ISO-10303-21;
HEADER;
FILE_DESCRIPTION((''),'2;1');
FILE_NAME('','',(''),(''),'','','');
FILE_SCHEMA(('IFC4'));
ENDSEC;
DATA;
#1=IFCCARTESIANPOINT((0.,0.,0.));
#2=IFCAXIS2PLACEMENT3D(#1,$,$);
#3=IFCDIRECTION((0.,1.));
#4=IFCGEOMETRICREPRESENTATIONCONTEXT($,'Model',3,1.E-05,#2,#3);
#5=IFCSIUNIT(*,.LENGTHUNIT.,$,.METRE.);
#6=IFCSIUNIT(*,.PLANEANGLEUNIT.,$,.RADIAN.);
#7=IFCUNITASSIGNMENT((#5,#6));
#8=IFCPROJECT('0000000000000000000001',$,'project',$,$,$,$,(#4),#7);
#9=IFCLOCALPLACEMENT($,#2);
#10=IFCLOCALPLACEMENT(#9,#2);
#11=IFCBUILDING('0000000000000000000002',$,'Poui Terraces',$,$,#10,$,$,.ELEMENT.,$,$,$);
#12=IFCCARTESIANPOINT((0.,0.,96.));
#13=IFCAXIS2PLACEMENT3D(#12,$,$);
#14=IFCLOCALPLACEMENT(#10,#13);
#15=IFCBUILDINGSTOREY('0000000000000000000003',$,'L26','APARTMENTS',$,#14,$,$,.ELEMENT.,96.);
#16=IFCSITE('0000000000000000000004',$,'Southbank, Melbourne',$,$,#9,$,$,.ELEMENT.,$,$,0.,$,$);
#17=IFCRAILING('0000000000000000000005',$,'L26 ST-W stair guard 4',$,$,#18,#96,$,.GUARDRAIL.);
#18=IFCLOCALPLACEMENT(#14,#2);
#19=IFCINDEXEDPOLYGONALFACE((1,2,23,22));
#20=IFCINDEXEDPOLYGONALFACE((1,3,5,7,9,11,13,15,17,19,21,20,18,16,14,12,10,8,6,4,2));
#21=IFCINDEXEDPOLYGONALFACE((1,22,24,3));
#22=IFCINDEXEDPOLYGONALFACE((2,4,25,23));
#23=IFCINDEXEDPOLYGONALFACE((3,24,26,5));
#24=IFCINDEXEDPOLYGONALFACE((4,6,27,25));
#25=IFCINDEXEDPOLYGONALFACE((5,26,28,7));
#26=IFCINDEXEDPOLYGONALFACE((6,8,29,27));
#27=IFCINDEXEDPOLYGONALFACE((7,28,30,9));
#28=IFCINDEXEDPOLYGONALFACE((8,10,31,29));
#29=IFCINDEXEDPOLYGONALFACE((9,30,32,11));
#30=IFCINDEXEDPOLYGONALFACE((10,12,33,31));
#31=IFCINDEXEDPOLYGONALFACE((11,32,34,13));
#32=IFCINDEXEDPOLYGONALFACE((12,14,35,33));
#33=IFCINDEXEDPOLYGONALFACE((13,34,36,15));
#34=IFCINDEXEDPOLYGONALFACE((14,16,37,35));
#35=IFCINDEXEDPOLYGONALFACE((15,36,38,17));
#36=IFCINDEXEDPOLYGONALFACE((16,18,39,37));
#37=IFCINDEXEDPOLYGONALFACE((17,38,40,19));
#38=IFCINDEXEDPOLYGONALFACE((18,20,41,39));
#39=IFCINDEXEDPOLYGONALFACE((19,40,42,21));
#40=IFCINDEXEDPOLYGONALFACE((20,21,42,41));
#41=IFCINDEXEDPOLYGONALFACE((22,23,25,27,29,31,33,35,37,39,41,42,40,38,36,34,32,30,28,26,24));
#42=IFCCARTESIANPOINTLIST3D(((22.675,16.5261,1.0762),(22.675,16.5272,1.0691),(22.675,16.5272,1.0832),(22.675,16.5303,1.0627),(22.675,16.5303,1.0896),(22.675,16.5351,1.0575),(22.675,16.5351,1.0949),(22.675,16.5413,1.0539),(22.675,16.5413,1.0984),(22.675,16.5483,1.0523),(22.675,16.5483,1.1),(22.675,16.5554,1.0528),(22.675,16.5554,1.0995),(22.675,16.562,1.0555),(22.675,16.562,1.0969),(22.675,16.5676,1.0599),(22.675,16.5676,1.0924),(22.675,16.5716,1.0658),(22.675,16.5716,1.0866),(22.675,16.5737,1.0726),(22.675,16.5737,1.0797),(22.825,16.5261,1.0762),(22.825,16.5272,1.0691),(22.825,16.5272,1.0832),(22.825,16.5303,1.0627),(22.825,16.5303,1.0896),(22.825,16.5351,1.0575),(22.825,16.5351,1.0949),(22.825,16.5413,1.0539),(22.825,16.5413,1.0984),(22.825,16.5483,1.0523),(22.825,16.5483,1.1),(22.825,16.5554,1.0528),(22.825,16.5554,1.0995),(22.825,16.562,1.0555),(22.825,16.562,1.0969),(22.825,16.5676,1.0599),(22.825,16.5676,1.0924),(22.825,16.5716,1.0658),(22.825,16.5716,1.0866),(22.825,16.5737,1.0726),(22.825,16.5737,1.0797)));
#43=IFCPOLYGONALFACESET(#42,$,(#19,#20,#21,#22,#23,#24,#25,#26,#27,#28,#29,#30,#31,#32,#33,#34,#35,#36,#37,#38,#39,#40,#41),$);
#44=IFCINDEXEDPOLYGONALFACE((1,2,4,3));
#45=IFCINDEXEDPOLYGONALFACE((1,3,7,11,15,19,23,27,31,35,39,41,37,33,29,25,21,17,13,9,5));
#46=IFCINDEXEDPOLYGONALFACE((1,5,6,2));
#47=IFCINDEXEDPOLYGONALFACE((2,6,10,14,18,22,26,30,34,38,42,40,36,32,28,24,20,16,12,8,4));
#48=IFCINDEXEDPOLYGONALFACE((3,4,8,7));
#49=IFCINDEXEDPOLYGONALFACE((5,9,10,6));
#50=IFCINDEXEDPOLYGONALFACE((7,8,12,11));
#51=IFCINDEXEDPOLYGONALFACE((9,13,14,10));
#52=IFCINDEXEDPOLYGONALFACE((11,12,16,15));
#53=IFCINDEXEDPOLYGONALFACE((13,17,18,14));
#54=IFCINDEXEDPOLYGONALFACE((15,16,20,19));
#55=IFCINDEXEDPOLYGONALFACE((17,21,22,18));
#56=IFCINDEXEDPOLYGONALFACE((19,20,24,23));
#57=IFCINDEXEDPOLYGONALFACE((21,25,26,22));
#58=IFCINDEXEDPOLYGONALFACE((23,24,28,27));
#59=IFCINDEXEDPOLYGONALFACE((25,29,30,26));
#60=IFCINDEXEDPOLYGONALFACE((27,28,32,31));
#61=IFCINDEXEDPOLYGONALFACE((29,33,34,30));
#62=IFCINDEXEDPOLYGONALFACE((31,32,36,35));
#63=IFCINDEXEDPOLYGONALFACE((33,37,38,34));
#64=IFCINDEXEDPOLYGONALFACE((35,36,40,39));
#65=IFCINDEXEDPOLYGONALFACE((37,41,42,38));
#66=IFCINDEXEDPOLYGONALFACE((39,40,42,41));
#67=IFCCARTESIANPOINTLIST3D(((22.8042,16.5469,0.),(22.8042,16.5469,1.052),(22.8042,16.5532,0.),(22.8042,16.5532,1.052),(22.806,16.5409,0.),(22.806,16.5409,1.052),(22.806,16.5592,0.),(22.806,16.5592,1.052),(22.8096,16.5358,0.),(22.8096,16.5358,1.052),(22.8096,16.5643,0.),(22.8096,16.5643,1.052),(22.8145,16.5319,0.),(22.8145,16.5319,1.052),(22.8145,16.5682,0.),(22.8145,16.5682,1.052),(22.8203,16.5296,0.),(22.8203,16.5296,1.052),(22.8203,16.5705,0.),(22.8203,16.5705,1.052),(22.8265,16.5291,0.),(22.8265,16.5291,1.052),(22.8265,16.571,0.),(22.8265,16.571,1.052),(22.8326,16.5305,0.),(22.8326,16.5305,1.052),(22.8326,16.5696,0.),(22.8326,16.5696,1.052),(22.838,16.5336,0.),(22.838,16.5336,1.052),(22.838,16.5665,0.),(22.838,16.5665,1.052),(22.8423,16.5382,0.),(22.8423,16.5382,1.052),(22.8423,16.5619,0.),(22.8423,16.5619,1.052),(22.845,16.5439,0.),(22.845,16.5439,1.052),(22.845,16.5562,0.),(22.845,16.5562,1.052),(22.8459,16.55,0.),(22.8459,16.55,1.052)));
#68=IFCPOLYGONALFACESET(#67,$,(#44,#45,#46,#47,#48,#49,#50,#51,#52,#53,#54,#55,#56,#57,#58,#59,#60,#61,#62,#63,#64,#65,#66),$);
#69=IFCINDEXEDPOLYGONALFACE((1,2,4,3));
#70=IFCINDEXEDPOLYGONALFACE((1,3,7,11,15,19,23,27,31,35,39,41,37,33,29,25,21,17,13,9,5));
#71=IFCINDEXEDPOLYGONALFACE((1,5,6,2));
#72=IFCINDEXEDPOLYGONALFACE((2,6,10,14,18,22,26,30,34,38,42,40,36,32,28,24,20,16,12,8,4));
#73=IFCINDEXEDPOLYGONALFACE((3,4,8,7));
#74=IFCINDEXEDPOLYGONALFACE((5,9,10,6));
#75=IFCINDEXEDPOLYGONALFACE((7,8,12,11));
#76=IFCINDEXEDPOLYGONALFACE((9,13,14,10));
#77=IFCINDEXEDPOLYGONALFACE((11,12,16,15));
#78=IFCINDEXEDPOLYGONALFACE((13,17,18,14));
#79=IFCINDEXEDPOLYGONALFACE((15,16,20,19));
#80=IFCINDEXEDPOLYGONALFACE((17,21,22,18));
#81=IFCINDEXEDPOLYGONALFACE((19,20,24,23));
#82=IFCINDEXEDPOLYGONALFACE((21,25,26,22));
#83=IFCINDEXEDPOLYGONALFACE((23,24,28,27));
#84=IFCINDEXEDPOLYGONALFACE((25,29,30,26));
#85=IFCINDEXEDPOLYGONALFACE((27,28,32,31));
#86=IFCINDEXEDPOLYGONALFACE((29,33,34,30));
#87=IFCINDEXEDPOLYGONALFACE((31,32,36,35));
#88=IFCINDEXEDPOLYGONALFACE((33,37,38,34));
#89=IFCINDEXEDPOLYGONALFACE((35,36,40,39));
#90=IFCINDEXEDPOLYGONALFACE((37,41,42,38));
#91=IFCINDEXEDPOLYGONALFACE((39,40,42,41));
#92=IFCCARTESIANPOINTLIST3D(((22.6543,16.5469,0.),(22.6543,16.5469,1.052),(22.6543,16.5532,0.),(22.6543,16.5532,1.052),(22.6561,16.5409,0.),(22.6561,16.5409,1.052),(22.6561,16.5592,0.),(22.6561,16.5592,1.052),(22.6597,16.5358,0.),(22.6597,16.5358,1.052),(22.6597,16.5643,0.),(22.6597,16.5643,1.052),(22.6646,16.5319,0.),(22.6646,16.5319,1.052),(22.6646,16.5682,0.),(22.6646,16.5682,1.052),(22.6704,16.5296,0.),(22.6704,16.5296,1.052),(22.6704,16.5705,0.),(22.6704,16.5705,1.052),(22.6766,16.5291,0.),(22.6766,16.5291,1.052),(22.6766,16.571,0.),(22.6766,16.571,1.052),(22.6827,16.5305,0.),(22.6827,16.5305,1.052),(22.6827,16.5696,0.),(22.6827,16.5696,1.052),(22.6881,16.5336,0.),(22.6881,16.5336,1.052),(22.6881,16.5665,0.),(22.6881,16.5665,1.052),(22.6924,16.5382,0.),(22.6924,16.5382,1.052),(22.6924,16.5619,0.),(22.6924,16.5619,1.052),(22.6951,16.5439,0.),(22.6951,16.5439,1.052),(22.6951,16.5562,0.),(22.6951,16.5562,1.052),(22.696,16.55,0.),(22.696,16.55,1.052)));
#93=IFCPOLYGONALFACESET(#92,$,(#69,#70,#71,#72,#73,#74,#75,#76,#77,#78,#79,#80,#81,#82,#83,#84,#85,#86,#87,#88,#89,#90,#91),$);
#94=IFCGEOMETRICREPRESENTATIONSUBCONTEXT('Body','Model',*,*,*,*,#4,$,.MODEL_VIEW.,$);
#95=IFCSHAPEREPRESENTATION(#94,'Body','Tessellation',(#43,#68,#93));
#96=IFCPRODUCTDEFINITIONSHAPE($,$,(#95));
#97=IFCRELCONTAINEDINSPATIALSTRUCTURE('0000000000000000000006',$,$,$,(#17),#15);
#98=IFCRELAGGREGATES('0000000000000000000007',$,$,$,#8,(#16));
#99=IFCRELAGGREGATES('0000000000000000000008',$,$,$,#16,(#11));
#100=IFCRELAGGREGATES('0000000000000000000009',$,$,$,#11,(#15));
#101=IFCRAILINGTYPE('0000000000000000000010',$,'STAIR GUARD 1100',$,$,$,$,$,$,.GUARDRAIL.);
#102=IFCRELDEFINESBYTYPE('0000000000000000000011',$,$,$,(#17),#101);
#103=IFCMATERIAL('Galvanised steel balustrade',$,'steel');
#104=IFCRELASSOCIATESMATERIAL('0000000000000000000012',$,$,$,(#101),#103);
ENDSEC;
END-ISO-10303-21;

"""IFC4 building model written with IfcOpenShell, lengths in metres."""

from ifc_helpers import new_model, si_unit, direction, frame, origin, origin_2d, place, context, subcontext, project, spatial, circle, extrude, material, type_object, element, save


model = new_model("IFC4")

# Units and contexts
model_context = context("Model", 3, precision=1e-05, world=origin(), true_north=direction((0.0, 1.0)))
body_context = subcontext(model_context, "Body", "Model", "MODEL_VIEW")
ifc_project = project(units=[si_unit("LENGTHUNIT", "METRE"), si_unit("PLANEANGLEUNIT", "RADIAN")], contexts=[model_context])

# Site, building, storey
site_placement = place(None, origin())
site = spatial("IfcSite", under=ifc_project, at=site_placement, Name="Southbank, Melbourne", CompositionType="ELEMENT", RefElevation=0.0)
building_placement = place(site_placement, origin())
building = spatial("IfcBuilding", under=site, at=building_placement, Name="Poui Terraces", CompositionType="ELEMENT")
storey_placement = place(building_placement, frame((0.0, 0.0, 96.0)))
storey = spatial("IfcBuildingStorey", under=building, at=storey_placement, Name="L26", Description="APARTMENTS", CompositionType="ELEMENT", Elevation=96.0)

# Railing
ifc_material_1 = material(Name="Galvanised steel balustrade", Category="steel")
railing_type_1 = type_object("IfcRailingType", Name="STAIR GUARD 1100", PredefinedType="GUARDRAIL", material=ifc_material_1)
railing_1_placement = place(storey_placement, frame((22.825, 16.55, 0.0)))
element("IfcRailing", 1, at=railing_1_placement, inside=storey, type_object=railing_type_1, Name="L26 ST-W stair guard 4", PredefinedType="GUARDRAIL", context=body_context, shape_type="SweptSolid", body=[
    extrude(circle(Radius=0.0239, at=origin_2d()), frame((0.0, 0.0, 1.0762), z_axis=(-1.0, 0.0, 0.0), x_axis=(0.0, -1.0, 0.0)), (0.0, 0.0, 1.0), 0.1499),
    extrude(circle(Radius=0.021, at=origin_2d()), origin(), (0.0, 0.0, 1.0), 1.052),
    extrude(circle(Radius=0.021, at=origin_2d()), frame((-0.1499, 0.0, 0.0)), (0.0, 0.0, 1.0), 1.052),
])

save(model, "model.ifc")
